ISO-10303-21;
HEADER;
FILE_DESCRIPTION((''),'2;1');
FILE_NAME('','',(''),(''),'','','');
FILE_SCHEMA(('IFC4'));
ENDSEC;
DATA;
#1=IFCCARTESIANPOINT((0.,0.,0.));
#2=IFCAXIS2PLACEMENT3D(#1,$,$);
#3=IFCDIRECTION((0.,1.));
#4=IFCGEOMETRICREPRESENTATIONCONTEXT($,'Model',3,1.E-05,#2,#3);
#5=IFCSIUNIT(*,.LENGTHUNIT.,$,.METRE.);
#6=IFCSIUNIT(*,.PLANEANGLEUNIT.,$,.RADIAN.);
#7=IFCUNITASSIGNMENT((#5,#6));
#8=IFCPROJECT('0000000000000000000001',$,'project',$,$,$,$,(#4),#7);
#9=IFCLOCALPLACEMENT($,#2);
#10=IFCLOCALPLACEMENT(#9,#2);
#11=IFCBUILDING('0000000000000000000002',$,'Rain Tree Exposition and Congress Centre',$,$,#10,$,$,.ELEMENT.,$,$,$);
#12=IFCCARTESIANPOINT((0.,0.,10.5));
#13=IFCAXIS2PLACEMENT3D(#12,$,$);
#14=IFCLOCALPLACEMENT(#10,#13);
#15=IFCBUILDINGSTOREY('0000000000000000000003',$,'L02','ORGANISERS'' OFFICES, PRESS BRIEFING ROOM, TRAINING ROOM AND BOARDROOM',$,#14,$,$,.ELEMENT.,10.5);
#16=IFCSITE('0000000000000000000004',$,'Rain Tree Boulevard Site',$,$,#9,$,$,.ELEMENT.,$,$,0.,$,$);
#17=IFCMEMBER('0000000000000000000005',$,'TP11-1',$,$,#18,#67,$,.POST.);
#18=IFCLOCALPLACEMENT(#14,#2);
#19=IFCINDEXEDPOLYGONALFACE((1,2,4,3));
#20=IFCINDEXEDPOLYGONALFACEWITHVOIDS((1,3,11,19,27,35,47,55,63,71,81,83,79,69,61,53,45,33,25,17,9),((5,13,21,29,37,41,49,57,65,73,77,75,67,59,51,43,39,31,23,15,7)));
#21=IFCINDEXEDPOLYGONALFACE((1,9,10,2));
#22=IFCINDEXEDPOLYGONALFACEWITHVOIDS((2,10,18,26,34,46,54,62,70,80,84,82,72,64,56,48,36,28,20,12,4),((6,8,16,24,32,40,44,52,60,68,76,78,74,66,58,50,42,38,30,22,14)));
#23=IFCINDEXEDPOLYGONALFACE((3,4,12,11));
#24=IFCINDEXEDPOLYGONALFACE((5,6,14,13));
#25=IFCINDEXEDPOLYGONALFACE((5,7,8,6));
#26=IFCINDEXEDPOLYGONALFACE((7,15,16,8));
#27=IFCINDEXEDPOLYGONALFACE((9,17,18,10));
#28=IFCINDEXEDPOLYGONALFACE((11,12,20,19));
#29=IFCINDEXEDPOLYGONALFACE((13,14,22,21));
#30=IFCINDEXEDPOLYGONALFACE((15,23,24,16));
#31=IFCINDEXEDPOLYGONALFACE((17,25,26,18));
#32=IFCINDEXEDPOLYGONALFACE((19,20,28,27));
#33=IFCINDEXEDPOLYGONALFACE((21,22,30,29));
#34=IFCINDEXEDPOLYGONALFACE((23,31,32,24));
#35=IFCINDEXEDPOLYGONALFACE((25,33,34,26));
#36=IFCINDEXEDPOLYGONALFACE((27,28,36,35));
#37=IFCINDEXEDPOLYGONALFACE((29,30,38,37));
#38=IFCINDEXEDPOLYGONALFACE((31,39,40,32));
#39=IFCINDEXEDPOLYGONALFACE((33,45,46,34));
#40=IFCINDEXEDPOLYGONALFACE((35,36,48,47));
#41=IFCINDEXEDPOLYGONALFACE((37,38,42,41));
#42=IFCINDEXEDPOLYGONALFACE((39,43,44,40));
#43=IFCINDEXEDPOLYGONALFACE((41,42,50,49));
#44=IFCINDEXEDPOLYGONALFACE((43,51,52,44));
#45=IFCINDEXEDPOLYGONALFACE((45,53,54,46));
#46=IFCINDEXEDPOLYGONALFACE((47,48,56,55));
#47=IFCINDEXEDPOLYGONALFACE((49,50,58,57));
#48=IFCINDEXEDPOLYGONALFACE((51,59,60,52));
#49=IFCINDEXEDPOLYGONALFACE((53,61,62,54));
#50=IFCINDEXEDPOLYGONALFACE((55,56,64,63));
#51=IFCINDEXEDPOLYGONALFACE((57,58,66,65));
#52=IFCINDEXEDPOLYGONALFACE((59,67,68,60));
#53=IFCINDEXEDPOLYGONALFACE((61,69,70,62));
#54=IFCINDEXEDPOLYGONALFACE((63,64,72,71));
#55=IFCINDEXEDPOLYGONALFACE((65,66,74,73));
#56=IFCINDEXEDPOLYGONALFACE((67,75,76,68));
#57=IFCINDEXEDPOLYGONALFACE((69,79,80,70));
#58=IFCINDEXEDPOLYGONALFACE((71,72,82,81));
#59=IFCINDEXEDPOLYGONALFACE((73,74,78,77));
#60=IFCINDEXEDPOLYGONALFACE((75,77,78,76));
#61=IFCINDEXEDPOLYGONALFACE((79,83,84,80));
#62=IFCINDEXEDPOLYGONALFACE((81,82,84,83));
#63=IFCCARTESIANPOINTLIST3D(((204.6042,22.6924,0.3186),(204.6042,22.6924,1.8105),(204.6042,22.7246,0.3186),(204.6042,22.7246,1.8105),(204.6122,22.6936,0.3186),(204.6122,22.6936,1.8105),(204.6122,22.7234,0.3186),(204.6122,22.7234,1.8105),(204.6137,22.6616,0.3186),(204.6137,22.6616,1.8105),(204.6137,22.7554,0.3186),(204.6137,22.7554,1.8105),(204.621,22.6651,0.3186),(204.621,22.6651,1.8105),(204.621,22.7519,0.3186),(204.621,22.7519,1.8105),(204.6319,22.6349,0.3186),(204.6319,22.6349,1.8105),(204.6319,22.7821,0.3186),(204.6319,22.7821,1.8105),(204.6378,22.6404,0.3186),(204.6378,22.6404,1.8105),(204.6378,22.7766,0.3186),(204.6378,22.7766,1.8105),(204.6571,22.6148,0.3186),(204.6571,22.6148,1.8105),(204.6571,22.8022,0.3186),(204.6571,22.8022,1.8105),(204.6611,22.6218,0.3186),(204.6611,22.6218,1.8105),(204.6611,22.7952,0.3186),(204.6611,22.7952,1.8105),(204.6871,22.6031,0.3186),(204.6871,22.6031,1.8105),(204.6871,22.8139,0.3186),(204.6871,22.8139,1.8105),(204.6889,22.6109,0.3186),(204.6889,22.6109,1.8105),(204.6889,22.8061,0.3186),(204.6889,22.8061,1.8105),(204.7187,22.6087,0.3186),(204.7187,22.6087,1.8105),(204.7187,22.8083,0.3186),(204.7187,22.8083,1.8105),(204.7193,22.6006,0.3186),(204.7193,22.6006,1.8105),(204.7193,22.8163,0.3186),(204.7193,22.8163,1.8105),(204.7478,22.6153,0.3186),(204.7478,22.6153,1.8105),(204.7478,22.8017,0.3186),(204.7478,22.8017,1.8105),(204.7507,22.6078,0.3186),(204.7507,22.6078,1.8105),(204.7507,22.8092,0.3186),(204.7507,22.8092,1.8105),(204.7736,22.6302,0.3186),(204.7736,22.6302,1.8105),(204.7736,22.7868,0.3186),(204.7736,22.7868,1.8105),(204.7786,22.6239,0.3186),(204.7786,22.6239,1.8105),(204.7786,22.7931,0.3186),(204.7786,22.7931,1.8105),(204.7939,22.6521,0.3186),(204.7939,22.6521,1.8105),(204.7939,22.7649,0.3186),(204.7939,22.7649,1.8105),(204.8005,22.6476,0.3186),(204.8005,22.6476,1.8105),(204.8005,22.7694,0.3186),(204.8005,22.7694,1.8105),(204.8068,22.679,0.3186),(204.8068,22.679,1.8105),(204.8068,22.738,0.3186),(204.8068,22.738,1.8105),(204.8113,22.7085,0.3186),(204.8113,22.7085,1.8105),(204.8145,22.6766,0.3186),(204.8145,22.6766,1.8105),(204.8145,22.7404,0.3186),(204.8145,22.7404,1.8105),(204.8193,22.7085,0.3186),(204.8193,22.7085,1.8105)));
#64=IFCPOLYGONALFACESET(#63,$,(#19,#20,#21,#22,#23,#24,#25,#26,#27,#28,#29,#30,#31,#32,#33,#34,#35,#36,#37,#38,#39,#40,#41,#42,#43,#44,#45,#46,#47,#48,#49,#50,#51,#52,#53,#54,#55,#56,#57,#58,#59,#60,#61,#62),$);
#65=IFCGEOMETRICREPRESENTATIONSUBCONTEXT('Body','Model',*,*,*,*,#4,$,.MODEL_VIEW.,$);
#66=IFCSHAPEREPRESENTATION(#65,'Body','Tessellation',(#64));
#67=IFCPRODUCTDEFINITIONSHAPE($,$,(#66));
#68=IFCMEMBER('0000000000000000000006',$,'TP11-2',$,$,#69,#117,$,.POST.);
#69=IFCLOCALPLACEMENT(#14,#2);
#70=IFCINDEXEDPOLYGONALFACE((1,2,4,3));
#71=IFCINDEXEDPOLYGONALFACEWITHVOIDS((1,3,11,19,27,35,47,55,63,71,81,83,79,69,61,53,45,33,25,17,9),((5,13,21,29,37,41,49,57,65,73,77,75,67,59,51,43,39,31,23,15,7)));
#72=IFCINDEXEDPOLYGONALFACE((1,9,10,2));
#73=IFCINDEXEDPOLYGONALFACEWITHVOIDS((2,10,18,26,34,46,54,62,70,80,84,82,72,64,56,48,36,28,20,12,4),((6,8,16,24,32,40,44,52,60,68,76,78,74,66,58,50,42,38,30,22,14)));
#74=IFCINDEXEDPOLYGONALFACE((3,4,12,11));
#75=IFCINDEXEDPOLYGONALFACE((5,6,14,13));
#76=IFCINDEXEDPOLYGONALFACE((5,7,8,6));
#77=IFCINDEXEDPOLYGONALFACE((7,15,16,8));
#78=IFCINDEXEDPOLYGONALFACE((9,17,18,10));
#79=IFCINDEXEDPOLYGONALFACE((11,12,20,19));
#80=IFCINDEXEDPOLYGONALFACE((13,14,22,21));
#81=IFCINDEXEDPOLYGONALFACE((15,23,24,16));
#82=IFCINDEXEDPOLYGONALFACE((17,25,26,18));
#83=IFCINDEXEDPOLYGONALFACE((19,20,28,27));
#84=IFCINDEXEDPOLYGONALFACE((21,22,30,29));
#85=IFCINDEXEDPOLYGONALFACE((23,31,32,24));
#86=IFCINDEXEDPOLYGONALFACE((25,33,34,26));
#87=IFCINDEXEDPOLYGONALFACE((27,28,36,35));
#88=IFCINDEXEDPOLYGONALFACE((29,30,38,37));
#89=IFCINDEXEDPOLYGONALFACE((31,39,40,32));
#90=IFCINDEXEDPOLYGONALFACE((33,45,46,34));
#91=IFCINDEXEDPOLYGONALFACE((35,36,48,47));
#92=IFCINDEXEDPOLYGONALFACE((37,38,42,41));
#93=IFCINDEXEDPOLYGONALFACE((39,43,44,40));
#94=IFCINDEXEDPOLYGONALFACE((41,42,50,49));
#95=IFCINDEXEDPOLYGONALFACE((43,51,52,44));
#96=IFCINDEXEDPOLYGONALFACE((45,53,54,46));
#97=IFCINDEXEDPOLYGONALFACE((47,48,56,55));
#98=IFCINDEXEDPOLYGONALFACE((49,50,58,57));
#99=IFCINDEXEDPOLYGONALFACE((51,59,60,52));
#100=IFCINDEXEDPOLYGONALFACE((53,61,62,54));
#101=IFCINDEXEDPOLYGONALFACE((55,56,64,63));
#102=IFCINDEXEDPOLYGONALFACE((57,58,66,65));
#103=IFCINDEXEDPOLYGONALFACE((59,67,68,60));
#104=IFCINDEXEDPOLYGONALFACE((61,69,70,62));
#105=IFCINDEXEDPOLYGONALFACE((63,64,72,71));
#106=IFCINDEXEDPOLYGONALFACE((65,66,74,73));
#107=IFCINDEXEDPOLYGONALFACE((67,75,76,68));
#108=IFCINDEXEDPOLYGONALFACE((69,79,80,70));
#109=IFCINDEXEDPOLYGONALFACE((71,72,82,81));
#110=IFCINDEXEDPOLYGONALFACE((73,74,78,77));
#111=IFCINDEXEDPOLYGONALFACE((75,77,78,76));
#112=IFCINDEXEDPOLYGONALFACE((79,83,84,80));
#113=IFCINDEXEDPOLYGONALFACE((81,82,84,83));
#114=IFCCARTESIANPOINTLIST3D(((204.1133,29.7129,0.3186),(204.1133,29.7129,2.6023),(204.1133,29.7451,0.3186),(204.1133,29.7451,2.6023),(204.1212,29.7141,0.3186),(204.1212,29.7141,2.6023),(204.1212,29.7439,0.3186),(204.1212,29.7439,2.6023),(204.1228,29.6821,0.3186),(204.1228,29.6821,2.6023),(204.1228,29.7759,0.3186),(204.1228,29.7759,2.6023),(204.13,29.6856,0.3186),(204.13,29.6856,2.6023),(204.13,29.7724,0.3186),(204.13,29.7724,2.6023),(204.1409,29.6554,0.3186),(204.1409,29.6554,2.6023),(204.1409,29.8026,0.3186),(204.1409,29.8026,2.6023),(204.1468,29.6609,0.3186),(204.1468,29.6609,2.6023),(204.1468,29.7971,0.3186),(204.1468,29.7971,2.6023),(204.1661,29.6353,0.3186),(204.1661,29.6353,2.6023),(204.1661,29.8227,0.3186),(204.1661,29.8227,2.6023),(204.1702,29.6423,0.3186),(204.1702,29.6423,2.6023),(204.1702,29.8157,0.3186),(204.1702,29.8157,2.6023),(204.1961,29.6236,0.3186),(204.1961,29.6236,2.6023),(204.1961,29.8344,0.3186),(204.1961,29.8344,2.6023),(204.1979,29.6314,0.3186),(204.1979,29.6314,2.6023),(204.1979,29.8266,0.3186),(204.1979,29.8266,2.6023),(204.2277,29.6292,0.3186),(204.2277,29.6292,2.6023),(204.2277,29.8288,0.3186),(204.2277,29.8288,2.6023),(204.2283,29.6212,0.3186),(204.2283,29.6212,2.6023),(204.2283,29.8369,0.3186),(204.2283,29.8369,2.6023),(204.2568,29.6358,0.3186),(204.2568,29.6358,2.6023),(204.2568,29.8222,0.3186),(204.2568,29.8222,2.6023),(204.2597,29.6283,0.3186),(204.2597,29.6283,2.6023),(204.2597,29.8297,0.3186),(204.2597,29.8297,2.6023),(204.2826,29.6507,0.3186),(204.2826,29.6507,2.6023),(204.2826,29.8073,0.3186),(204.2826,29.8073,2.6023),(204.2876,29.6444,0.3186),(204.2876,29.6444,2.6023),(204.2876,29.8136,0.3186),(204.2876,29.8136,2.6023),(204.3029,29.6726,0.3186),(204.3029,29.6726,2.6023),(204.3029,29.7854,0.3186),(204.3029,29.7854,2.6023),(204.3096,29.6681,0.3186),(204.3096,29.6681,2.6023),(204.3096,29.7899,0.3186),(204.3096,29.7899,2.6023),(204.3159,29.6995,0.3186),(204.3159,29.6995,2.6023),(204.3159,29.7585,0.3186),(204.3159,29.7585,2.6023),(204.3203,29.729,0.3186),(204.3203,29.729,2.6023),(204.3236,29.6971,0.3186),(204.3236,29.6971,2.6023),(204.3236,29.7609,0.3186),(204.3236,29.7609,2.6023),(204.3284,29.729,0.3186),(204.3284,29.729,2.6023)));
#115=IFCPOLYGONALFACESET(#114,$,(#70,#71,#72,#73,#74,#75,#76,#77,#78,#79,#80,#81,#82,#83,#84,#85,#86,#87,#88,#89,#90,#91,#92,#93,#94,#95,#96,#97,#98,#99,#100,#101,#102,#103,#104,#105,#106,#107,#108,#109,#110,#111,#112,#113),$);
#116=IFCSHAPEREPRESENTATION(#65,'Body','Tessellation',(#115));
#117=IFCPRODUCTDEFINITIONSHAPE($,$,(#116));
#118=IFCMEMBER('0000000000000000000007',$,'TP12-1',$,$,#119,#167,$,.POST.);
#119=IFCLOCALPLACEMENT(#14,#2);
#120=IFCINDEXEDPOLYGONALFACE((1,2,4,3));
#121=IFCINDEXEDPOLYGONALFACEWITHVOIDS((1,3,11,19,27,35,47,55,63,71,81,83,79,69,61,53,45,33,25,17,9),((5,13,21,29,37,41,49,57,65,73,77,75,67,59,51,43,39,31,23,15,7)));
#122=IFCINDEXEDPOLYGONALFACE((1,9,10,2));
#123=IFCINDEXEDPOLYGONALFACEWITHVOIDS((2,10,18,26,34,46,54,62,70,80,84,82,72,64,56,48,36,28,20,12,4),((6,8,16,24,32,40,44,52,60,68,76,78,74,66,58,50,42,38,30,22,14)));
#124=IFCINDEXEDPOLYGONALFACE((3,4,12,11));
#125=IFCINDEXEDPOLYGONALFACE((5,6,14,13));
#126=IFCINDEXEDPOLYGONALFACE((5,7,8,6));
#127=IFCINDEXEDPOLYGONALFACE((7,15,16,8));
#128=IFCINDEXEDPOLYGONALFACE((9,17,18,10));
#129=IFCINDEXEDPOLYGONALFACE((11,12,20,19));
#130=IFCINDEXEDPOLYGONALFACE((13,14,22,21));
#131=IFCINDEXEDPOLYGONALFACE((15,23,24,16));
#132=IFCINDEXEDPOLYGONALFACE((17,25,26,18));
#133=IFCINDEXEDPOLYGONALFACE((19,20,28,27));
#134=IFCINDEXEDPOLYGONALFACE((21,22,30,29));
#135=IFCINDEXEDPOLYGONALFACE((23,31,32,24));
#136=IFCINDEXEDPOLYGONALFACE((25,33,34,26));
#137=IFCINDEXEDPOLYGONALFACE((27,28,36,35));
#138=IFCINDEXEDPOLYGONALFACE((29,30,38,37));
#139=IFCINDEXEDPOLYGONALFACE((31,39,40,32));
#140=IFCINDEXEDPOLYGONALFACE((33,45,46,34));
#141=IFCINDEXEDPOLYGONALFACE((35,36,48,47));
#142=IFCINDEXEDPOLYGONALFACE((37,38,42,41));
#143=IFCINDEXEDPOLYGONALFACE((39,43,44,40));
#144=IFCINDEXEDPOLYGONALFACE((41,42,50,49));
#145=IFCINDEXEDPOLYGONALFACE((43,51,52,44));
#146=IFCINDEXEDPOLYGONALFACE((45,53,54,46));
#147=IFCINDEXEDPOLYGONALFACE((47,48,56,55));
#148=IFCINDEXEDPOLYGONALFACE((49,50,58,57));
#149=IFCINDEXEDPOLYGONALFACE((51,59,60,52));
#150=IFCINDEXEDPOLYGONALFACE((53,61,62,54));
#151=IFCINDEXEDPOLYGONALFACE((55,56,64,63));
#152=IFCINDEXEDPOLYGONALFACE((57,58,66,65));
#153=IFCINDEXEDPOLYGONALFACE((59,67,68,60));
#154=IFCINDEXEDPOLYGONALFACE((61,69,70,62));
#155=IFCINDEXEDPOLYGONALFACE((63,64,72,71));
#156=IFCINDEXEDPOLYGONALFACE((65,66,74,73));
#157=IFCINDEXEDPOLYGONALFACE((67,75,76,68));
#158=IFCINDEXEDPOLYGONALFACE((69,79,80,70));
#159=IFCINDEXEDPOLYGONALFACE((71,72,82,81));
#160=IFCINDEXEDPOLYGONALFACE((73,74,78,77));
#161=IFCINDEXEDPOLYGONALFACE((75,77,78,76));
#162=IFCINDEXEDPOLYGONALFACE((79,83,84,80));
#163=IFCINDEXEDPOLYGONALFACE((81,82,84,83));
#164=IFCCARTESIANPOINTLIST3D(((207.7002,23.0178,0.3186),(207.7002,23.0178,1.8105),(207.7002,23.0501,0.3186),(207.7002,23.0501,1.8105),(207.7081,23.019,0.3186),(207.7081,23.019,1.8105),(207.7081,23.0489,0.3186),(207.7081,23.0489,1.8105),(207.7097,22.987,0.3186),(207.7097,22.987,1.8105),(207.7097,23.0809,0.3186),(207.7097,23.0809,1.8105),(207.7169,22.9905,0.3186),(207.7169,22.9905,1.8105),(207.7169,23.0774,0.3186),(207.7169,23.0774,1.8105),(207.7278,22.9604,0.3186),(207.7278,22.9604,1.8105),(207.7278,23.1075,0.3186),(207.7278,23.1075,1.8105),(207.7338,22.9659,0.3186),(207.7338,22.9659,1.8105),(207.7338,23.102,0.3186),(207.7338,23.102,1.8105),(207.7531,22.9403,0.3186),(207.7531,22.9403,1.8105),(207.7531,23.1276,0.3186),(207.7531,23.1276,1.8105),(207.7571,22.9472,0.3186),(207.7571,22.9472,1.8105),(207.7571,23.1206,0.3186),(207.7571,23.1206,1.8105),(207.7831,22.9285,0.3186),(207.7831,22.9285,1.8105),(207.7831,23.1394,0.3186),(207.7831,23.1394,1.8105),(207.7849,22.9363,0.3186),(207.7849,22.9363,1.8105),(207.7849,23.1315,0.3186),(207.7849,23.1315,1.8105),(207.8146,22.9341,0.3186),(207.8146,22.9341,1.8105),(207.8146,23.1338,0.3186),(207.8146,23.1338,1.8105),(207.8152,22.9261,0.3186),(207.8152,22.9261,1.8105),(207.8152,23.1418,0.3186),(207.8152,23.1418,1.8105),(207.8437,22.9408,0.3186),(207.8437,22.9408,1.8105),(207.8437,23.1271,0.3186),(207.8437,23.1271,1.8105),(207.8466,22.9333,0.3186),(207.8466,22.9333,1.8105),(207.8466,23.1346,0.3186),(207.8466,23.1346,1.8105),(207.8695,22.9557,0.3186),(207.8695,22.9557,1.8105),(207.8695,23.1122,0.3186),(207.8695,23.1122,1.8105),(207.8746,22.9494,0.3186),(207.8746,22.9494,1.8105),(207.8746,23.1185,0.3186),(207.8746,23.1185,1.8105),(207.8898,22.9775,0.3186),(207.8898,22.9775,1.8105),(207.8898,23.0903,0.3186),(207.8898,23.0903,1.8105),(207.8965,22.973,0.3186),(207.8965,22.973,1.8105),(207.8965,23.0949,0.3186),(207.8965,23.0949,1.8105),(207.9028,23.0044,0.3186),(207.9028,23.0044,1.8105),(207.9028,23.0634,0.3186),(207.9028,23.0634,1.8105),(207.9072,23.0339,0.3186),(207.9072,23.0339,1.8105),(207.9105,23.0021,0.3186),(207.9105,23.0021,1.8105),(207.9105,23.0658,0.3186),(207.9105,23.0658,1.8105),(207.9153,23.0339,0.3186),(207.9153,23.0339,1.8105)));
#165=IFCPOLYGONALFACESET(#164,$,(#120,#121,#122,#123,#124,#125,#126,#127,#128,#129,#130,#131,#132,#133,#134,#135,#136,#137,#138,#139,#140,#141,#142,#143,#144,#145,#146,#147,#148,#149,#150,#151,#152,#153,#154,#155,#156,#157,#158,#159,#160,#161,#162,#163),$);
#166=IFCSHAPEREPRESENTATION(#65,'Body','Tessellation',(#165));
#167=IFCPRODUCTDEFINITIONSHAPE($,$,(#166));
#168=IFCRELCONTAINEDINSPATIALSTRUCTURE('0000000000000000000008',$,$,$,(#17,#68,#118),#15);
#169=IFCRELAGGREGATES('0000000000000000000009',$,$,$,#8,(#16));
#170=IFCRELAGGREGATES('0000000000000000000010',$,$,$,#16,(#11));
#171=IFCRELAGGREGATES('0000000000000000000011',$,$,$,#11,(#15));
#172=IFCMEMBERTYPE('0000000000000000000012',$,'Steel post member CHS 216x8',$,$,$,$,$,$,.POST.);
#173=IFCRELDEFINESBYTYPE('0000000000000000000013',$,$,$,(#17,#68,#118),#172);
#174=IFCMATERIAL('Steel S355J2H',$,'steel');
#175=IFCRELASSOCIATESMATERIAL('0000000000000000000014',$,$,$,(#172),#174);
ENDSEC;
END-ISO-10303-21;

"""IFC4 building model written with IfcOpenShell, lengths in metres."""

from ifc_helpers import new_model, si_unit, direction, frame, origin, origin_2d, place, context, subcontext, project, spatial, hollow_circle, extrude, material, material_profile, profile_set, type_object, element, save


model = new_model("IFC4")

# Units and contexts
model_context = context("Model", 3, precision=1e-05, world=origin(), true_north=direction((0.0, 1.0)))
body_context = subcontext(model_context, "Body", "Model", "MODEL_VIEW")
ifc_project = project(units=[si_unit("LENGTHUNIT", "METRE"), si_unit("PLANEANGLEUNIT", "RADIAN")], contexts=[model_context])

# Site, building, storey
site_placement = place(None, origin())
site = spatial("IfcSite", under=ifc_project, at=site_placement, Name="Rain Tree Boulevard Site", CompositionType="ELEMENT", RefElevation=0.0)
building_placement = place(site_placement, origin())
building = spatial("IfcBuilding", under=site, at=building_placement, Name="Rain Tree Exposition and Congress Centre", CompositionType="ELEMENT")
storey_placement = place(building_placement, frame((0.0, 0.0, 10.5)))
storey = spatial("IfcBuildingStorey", under=building, at=storey_placement, Name="L02", Description="ORGANISERS' OFFICES, PRESS BRIEFING ROOM, TRAINING ROOM AND BOARDROOM", CompositionType="ELEMENT", Elevation=10.5)

# Members
ifc_material_1 = material(Name="Steel S355J2H", Category="steel")
ifc_material_profile_1 = material_profile(ifc_material_1, hollow_circle(Radius=0.1082, WallThickness=0.0081, at=origin_2d()), Name="CHS 216x8")
ifc_profile_set_1 = profile_set([ifc_material_profile_1], Name="Steel S355J2H")
member_type_1 = type_object("IfcMemberType", Name="Steel post member CHS 216x8", PredefinedType="POST", material=ifc_profile_set_1)
member_1_placement = place(storey_placement, frame((204.7112, 22.7085, 0.3186), z_axis=(0.0, 0.0, 1.0), x_axis=(1.0, 0.0, 0.0)))
element("IfcMember", 1, at=member_1_placement, inside=storey, type_object=member_type_1, Name="TP11-1", PredefinedType="POST", context=body_context, shape_type="SweptSolid", body=[
    extrude(hollow_circle(Radius=0.1082, WallThickness=0.0081, at=origin_2d()), origin(), (0.0, 0.0, 1.0), 1.4919),
])
member_2_placement = place(storey_placement, frame((204.2202, 29.729, 0.3186), z_axis=(0.0, 0.0, 1.0), x_axis=(1.0, 0.0, 0.0)))
element("IfcMember", 2, at=member_2_placement, inside=storey, type_object=member_type_1, Name="TP11-2", PredefinedType="POST", context=body_context, shape_type="SweptSolid", body=[
    extrude(hollow_circle(Radius=0.1082, WallThickness=0.0081, at=origin_2d()), origin(), (0.0, 0.0, 1.0), 2.2837),
])
member_3_placement = place(storey_placement, frame((207.8071, 23.0339, 0.3186), z_axis=(0.0, 0.0, 1.0), x_axis=(1.0, 0.0, 0.0)))
element("IfcMember", 3, at=member_3_placement, inside=storey, type_object=member_type_1, Name="TP12-1", PredefinedType="POST", context=body_context, shape_type="SweptSolid", body=[
    extrude(hollow_circle(Radius=0.1082, WallThickness=0.0081, at=origin_2d()), origin(), (0.0, 0.0, 1.0), 1.4919),
])

save(model, "model.ifc")
